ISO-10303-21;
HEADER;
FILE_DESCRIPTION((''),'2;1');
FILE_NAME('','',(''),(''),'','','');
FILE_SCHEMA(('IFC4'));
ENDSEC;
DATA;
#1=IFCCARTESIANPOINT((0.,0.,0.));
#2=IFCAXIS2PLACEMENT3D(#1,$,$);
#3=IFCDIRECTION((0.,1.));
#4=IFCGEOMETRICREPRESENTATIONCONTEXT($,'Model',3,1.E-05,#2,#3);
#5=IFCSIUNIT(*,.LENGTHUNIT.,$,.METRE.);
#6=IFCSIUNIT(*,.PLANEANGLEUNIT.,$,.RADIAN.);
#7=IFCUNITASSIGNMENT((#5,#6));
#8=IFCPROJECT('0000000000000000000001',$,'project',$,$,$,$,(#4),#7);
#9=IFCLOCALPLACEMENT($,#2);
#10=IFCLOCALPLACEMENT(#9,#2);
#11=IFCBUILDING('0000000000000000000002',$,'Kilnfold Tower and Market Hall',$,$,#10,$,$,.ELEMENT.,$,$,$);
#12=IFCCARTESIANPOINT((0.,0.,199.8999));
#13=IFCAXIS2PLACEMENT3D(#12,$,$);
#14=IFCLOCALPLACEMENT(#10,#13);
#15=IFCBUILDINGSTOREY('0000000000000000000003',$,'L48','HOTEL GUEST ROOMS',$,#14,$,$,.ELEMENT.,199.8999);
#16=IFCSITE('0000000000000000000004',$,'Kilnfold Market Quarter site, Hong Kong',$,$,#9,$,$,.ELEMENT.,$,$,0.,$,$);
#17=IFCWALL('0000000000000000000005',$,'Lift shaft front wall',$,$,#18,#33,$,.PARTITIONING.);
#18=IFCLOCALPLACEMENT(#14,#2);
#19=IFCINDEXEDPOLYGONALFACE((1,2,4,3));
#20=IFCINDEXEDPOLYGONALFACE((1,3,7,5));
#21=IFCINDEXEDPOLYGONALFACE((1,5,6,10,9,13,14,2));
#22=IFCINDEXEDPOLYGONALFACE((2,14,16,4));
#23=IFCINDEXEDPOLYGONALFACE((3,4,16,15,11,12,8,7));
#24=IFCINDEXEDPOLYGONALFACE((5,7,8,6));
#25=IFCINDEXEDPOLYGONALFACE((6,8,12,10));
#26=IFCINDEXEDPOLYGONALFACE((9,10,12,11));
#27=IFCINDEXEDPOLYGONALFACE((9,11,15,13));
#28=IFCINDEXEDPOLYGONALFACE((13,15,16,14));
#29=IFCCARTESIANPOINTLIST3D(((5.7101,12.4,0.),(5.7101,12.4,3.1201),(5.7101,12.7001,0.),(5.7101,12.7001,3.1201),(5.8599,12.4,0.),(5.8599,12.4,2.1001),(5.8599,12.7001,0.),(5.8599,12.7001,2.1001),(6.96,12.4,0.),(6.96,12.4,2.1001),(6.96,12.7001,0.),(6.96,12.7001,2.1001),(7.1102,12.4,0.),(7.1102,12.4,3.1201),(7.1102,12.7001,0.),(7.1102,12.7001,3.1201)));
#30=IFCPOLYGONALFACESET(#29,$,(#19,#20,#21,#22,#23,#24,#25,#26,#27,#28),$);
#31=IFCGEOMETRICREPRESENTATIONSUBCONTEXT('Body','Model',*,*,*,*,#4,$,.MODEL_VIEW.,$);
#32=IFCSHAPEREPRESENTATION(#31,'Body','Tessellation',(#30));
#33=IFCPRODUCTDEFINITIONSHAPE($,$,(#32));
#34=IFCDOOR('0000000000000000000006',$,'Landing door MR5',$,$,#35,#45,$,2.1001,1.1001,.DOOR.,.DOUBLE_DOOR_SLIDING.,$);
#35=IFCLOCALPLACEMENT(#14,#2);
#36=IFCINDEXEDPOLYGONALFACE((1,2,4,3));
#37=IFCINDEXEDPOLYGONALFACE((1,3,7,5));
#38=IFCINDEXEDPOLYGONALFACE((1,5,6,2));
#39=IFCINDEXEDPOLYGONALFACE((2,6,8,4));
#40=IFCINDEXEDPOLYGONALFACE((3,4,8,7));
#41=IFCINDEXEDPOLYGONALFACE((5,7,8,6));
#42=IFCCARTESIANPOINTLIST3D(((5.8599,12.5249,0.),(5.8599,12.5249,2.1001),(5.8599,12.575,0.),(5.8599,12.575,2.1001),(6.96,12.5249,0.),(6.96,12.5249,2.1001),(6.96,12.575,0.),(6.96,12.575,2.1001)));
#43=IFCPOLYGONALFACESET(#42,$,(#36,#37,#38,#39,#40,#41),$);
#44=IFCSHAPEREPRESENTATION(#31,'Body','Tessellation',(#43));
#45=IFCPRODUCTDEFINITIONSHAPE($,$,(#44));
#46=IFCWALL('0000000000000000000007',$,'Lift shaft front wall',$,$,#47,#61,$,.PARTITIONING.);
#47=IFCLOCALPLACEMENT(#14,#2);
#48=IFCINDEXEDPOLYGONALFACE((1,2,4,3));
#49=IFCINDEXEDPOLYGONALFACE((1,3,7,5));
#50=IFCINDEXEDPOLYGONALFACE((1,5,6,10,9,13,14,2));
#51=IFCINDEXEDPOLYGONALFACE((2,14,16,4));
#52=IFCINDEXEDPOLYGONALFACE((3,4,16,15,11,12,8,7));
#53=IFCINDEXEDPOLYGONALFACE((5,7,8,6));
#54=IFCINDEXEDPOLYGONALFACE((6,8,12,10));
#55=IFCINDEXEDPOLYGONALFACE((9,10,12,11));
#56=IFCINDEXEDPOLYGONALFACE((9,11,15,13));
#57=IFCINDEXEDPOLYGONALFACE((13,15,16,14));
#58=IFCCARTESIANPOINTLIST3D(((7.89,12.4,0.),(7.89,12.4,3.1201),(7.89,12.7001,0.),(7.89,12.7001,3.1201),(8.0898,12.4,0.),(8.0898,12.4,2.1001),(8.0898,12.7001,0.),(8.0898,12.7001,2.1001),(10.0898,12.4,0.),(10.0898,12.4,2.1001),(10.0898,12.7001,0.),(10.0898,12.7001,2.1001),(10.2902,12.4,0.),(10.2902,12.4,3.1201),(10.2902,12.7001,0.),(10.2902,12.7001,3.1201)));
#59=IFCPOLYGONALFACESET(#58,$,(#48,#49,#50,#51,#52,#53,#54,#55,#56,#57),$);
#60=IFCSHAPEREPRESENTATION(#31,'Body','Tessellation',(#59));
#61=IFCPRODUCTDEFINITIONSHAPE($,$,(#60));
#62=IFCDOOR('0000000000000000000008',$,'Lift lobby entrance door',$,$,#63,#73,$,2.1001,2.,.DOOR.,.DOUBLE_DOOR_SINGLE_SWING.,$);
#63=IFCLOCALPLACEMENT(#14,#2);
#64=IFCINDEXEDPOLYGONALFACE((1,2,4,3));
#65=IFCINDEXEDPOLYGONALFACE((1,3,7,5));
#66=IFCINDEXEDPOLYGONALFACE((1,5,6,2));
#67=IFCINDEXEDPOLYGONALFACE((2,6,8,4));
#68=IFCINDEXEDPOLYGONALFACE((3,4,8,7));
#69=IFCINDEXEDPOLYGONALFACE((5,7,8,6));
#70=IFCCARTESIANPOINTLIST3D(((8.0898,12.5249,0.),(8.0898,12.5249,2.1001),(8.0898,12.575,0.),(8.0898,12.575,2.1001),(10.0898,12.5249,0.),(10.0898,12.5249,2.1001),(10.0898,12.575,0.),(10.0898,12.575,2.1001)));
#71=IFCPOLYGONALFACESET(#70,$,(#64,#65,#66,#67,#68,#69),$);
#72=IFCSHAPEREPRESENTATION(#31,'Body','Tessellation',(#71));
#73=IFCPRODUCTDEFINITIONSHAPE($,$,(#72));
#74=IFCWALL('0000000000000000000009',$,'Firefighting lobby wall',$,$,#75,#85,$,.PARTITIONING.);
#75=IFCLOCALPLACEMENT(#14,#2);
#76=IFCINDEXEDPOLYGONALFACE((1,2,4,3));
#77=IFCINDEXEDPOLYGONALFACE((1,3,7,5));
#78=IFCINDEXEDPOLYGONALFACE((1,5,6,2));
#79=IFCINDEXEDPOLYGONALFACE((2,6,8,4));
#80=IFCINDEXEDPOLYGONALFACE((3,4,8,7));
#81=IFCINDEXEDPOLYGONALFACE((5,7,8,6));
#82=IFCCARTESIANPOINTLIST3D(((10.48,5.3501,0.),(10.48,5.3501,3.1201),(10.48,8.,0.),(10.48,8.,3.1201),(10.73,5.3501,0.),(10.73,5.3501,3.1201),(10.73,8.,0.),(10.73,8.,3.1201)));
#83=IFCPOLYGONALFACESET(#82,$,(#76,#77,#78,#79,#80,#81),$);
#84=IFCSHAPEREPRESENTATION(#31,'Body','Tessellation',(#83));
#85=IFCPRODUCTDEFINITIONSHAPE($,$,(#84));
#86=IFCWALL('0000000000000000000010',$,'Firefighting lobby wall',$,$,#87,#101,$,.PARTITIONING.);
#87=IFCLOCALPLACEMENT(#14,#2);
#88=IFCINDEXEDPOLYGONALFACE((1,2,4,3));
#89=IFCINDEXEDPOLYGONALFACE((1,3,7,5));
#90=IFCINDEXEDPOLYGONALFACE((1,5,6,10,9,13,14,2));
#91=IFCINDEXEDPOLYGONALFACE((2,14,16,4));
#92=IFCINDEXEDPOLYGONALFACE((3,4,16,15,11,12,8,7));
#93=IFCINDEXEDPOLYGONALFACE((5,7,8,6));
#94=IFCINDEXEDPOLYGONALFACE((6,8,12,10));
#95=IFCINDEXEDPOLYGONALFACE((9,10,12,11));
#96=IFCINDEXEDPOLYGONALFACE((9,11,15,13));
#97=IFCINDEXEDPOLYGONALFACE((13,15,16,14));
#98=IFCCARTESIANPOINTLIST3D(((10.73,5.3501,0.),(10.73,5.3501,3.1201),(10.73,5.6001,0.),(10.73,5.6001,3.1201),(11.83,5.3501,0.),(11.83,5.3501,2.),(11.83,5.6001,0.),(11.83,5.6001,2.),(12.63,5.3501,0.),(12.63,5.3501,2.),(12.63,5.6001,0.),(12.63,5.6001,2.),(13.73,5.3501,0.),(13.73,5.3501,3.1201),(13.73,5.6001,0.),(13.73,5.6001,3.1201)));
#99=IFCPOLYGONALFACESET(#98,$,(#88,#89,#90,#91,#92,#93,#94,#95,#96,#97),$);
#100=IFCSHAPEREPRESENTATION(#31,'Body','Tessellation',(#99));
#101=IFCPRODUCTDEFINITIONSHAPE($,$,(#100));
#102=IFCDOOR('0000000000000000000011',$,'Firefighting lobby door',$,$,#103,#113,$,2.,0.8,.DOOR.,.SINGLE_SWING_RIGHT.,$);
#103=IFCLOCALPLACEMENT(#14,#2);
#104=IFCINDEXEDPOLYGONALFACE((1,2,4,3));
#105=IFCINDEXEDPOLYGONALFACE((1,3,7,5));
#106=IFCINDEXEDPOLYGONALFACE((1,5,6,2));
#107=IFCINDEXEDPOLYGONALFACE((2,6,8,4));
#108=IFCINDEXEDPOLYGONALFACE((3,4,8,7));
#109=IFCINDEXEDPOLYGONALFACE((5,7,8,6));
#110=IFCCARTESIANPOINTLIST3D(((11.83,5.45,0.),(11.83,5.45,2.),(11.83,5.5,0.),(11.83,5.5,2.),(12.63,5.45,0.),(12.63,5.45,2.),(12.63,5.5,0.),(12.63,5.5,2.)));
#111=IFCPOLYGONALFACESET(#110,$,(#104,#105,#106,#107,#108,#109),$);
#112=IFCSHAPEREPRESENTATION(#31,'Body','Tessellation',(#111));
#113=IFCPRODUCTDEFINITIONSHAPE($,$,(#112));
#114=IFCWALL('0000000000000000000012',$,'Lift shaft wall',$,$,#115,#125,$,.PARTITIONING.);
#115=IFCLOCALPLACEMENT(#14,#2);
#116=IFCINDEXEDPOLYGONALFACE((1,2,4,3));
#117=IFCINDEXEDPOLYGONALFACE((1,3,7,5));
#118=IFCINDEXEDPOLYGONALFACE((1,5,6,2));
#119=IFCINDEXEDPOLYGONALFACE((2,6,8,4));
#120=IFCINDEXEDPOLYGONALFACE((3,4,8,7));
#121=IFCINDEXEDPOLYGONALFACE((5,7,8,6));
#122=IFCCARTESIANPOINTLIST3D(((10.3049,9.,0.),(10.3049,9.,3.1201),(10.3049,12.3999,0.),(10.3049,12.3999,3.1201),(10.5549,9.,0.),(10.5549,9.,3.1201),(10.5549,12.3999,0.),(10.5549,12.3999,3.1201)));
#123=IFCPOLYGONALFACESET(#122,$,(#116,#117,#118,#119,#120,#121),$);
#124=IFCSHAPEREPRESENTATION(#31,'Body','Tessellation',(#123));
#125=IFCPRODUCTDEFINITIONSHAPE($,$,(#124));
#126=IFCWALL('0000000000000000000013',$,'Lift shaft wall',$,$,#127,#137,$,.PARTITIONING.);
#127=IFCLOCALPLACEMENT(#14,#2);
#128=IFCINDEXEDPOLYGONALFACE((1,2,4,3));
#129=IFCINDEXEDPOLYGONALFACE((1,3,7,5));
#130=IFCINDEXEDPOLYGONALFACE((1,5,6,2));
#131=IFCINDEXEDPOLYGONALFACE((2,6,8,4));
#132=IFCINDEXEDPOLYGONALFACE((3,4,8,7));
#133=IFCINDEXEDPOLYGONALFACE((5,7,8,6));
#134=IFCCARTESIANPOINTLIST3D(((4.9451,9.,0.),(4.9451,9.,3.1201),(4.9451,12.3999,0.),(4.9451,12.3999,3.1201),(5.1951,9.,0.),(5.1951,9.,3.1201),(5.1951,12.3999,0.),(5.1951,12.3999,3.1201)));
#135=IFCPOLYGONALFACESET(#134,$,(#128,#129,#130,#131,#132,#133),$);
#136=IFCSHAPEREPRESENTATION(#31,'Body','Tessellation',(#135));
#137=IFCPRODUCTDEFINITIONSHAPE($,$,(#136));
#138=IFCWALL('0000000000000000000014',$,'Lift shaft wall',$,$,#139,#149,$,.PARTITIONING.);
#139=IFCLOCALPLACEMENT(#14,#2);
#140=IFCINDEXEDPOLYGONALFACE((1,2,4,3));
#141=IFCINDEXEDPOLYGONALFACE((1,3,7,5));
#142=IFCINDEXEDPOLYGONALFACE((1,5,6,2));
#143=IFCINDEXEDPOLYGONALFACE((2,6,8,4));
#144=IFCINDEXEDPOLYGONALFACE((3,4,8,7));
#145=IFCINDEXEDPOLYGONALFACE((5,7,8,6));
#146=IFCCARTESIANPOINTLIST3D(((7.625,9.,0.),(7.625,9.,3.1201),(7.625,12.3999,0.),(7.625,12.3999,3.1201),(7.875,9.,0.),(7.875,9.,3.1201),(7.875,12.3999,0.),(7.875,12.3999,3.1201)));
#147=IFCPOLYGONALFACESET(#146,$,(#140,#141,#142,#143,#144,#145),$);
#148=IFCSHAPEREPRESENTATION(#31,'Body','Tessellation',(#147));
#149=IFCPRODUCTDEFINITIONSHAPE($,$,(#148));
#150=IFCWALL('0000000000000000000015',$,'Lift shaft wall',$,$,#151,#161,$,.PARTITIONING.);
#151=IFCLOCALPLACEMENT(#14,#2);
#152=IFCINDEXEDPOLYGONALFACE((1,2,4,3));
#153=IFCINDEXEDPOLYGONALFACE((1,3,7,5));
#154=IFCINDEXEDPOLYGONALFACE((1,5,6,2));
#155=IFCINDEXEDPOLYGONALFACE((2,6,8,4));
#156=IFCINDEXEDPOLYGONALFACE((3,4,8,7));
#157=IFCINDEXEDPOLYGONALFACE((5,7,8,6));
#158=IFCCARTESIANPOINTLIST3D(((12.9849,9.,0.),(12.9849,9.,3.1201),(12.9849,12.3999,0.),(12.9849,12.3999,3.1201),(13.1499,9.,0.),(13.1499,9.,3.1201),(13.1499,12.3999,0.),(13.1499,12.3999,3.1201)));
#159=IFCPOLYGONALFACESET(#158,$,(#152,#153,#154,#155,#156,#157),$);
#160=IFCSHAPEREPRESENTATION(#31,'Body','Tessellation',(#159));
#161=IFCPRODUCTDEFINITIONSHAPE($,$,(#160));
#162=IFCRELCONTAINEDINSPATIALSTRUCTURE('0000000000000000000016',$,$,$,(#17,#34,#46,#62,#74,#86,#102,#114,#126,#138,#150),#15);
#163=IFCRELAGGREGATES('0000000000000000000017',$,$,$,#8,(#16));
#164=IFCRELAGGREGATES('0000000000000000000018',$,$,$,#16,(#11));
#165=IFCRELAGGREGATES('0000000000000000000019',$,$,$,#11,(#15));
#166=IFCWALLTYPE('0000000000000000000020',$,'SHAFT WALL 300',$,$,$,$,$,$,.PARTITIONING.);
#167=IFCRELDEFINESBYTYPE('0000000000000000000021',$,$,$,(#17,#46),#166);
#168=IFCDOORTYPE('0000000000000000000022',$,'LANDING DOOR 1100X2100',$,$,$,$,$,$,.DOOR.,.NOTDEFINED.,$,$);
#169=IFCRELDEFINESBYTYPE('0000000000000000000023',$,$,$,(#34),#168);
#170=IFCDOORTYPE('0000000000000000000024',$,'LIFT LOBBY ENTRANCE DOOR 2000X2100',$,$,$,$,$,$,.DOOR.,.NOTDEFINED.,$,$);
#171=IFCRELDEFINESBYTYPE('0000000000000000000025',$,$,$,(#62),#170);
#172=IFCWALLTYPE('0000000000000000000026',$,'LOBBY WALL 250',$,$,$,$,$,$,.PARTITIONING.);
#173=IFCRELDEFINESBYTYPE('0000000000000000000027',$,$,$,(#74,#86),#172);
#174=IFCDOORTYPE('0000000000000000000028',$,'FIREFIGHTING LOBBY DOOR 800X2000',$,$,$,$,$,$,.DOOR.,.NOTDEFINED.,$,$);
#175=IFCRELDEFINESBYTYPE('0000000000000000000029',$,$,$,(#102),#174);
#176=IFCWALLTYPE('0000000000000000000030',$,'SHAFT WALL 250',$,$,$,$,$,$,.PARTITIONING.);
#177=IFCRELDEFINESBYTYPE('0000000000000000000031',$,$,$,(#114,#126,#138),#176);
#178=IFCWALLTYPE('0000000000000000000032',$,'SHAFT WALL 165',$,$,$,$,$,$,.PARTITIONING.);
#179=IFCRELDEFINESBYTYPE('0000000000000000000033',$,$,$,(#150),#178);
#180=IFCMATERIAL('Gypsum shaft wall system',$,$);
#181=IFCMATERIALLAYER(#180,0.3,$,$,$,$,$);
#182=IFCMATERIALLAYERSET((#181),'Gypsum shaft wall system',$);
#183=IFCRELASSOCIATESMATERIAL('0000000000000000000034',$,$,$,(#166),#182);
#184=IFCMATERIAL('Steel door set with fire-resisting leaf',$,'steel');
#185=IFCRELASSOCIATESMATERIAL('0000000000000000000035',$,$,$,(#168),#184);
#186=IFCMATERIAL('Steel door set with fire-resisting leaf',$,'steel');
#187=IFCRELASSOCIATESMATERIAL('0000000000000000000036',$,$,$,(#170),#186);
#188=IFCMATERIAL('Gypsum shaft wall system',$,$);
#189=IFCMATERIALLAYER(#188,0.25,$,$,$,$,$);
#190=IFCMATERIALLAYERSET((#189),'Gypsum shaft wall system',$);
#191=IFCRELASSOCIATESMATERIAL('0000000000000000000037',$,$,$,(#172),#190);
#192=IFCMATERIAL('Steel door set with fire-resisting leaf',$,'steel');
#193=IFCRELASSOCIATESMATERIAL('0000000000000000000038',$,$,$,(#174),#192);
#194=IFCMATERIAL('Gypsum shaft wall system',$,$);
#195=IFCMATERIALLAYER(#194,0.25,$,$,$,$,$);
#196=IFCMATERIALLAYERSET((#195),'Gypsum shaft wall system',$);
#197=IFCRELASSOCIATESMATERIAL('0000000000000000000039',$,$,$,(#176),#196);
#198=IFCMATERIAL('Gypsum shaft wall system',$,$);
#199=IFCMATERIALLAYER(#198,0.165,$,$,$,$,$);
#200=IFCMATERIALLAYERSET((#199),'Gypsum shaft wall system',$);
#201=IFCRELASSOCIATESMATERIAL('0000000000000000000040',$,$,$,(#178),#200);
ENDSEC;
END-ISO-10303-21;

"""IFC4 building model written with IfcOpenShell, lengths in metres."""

from ifc_helpers import new_model, si_unit, direction, frame, frame_2d, origin, place, context, subcontext, project, spatial, rectangle, extrude, source, transform, mapped, material, layer, layer_set, type_object, element, fill, save


model = new_model("IFC4")

# Units and contexts
model_context = context("Model", 3, precision=1e-05, world=origin(), true_north=direction((0.0, 1.0)))
body_context = subcontext(model_context, "Body", "Model", "MODEL_VIEW")
ifc_project = project(units=[si_unit("LENGTHUNIT", "METRE"), si_unit("PLANEANGLEUNIT", "RADIAN")], contexts=[model_context])

# Site, building, storey
site_placement = place(None, origin())
site = spatial("IfcSite", under=ifc_project, at=site_placement, Name="Kilnfold Market Quarter site, Hong Kong", CompositionType="ELEMENT", RefElevation=0.0)
building_placement = place(site_placement, origin())
building = spatial("IfcBuilding", under=site, at=building_placement, Name="Kilnfold Tower and Market Hall", CompositionType="ELEMENT")
storey_placement = place(building_placement, frame((0.0, 0.0, 199.8999)))
storey = spatial("IfcBuildingStorey", under=building, at=storey_placement, Name="L48", Description="HOTEL GUEST ROOMS", CompositionType="ELEMENT", Elevation=199.8999)

# Walls, openings, doors
ifc_material_1 = material(Name="Gypsum shaft wall system")
ifc_layer_1 = layer(ifc_material_1, 0.3)
ifc_layer_set_1 = layer_set([ifc_layer_1], Name="Gypsum shaft wall system")
wall_type_1 = type_object("IfcWallType", Name="SHAFT WALL 300", PredefinedType="PARTITIONING", material=ifc_layer_set_1)
shared_shape_1 = source(origin(), body_context, "Body", "SweptSolid", [
    extrude(rectangle(XDim=1.4001, YDim=0.3, at=frame_2d((0.7002, 0.0))), origin(), (0.0, 0.0, 1.0), 3.1201),
])
wall_1_placement = place(storey_placement, frame((5.71, 12.55, 0.0), z_axis=(0.0, 0.0, 1.0), x_axis=(1.0, 0.0, 0.0)))
wall_1 = element("IfcWall", 1, at=wall_1_placement, inside=storey, type_object=wall_type_1, Name="Lift shaft front wall", PredefinedType="PARTITIONING", context=body_context, shape_type="MappedRepresentation", body=[
    mapped(shared_shape_1, transform((0.0, 0.0, 0.0))),
])
opening_1_placement = place(wall_1_placement, frame((0.1499, 0.0, 0.0)))
opening_1 = element("IfcOpeningElement", 2, at=opening_1_placement, cuts=wall_1, PredefinedType="OPENING", context=body_context, shape_type="SweptSolid", body=[
    extrude(rectangle(XDim=1.1001, YDim=2.1001, at=frame_2d((0.55, 1.05))), frame((0.0, 0.1602, 0.0), z_axis=(0.0, -1.0, 0.0), x_axis=(1.0, 0.0, 0.0)), (0.0, 0.0, 1.0), 0.3201),
])
ifc_material_2 = material(Name="Steel door set with fire-resisting leaf", Category="steel")
door_type_1 = type_object("IfcDoorType", Name="LANDING DOOR 1100X2100", OperationType="NOTDEFINED", PredefinedType="DOOR", material=ifc_material_2)
door_1_placement = place(opening_1_placement, origin())
door_1 = element("IfcDoor", 3, at=door_1_placement, inside=storey, type_object=door_type_1, Name="Landing door MR5", OperationType="DOUBLE_DOOR_SLIDING", OverallHeight=2.1001, OverallWidth=1.1001, PredefinedType="DOOR", context=body_context, shape_type="SweptSolid", body=[
    extrude(rectangle(XDim=1.1001, YDim=2.1001, at=frame_2d((0.55, 1.05))), frame((0.0, 0.0249, 0.0), z_axis=(0.0, -1.0, 0.0), x_axis=(1.0, 0.0, 0.0)), (0.0, 0.0, 1.0), 0.05),
])
fill(opening_1, door_1)
shared_shape_2 = source(origin(), body_context, "Body", "SweptSolid", [
    extrude(rectangle(XDim=2.4001, YDim=0.3, at=frame_2d((1.2002, 0.0))), origin(), (0.0, 0.0, 1.0), 3.1201),
])
wall_2_placement = place(storey_placement, frame((7.8899, 12.55, 0.0), z_axis=(0.0, 0.0, 1.0), x_axis=(1.0, 0.0, 0.0)))
wall_2 = element("IfcWall", 4, at=wall_2_placement, inside=storey, type_object=wall_type_1, Name="Lift shaft front wall", PredefinedType="PARTITIONING", context=body_context, shape_type="MappedRepresentation", body=[
    mapped(shared_shape_2, transform((0.0, 0.0, 0.0))),
])
opening_2_placement = place(wall_2_placement, frame((0.2, 0.0, 0.0)))
opening_2 = element("IfcOpeningElement", 5, at=opening_2_placement, cuts=wall_2, PredefinedType="OPENING", context=body_context, shape_type="SweptSolid", body=[
    extrude(rectangle(XDim=2.0, YDim=2.1001, at=frame_2d((1.0, 1.05))), frame((0.0, 0.1602, 0.0), z_axis=(0.0, -1.0, 0.0), x_axis=(1.0, 0.0, 0.0)), (0.0, 0.0, 1.0), 0.3201),
])
ifc_material_3 = material(Name="Steel door set with fire-resisting leaf", Category="steel")
door_type_2 = type_object("IfcDoorType", Name="LIFT LOBBY ENTRANCE DOOR 2000X2100", OperationType="NOTDEFINED", PredefinedType="DOOR", material=ifc_material_3)
door_2_placement = place(opening_2_placement, origin())
door_2 = element("IfcDoor", 6, at=door_2_placement, inside=storey, type_object=door_type_2, Name="Lift lobby entrance door", OperationType="DOUBLE_DOOR_SINGLE_SWING", OverallHeight=2.1001, OverallWidth=2.0, PredefinedType="DOOR", context=body_context, shape_type="SweptSolid", body=[
    extrude(rectangle(XDim=2.0, YDim=2.1001, at=frame_2d((1.0, 1.05))), frame((0.0, 0.0249, 0.0), z_axis=(0.0, -1.0, 0.0), x_axis=(1.0, 0.0, 0.0)), (0.0, 0.0, 1.0), 0.05),
])
fill(opening_2, door_2)

# Wall
ifc_material_4 = material(Name="Gypsum shaft wall system")
ifc_layer_2 = layer(ifc_material_4, 0.25)
ifc_layer_set_2 = layer_set([ifc_layer_2], Name="Gypsum shaft wall system")
wall_type_2 = type_object("IfcWallType", Name="LOBBY WALL 250", PredefinedType="PARTITIONING", material=ifc_layer_set_2)
shared_shape_3 = source(origin(), body_context, "Body", "SweptSolid", [
    extrude(rectangle(XDim=2.6499, YDim=0.25, at=frame_2d((1.325, 0.0))), origin(), (0.0, 0.0, 1.0), 3.1201),
])
wall_3_placement = place(storey_placement, frame((10.605, 5.3501, 0.0), z_axis=(0.0, 0.0, 1.0), x_axis=(0.0, 1.0, 0.0)))
element("IfcWall", 7, at=wall_3_placement, inside=storey, type_object=wall_type_2, Name="Firefighting lobby wall", PredefinedType="PARTITIONING", context=body_context, shape_type="MappedRepresentation", body=[
    mapped(shared_shape_3, transform((0.0, 0.0, 0.0))),
])

# Wall, opening, door
shared_shape_4 = source(origin(), body_context, "Body", "SweptSolid", [
    extrude(rectangle(XDim=3.0, YDim=0.25, at=frame_2d((1.5, 0.0))), origin(), (0.0, 0.0, 1.0), 3.1201),
])
wall_4_placement = place(storey_placement, frame((10.73, 5.4751, 0.0), z_axis=(0.0, 0.0, 1.0), x_axis=(1.0, 0.0, 0.0)))
wall_4 = element("IfcWall", 8, at=wall_4_placement, inside=storey, type_object=wall_type_2, Name="Firefighting lobby wall", PredefinedType="PARTITIONING", context=body_context, shape_type="MappedRepresentation", body=[
    mapped(shared_shape_4, transform((0.0, 0.0, 0.0))),
])
opening_3_placement = place(wall_4_placement, frame((1.1001, 0.0, 0.0)))
opening_3 = element("IfcOpeningElement", 9, at=opening_3_placement, cuts=wall_4, PredefinedType="OPENING", context=body_context, shape_type="SweptSolid", body=[
    extrude(rectangle(XDim=0.8, YDim=2.0, at=frame_2d((0.3999, 1.0))), frame((0.0, 0.135, 0.0), z_axis=(0.0, -1.0, 0.0), x_axis=(1.0, 0.0, 0.0)), (0.0, 0.0, 1.0), 0.27),
])
ifc_material_5 = material(Name="Steel door set with fire-resisting leaf", Category="steel")
door_type_3 = type_object("IfcDoorType", Name="FIREFIGHTING LOBBY DOOR 800X2000", OperationType="NOTDEFINED", PredefinedType="DOOR", material=ifc_material_5)
door_3_placement = place(opening_3_placement, origin())
door_3 = element("IfcDoor", 10, at=door_3_placement, inside=storey, type_object=door_type_3, Name="Firefighting lobby door", OperationType="SINGLE_SWING_RIGHT", OverallHeight=2.0, OverallWidth=0.8, PredefinedType="DOOR", context=body_context, shape_type="SweptSolid", body=[
    extrude(rectangle(XDim=0.8, YDim=2.0, at=frame_2d((0.3999, 1.0))), frame((0.0, 0.0249, 0.0), z_axis=(0.0, -1.0, 0.0), x_axis=(1.0, 0.0, 0.0)), (0.0, 0.0, 1.0), 0.05),
])
fill(opening_3, door_3)

# Walls
ifc_material_6 = material(Name="Gypsum shaft wall system")
ifc_layer_3 = layer(ifc_material_6, 0.25)
ifc_layer_set_3 = layer_set([ifc_layer_3], Name="Gypsum shaft wall system")
wall_type_3 = type_object("IfcWallType", Name="SHAFT WALL 250", PredefinedType="PARTITIONING", material=ifc_layer_set_3)
shared_shape_5 = source(origin(), body_context, "Body", "SweptSolid", [
    extrude(rectangle(XDim=3.3999, YDim=0.25, at=frame_2d((1.7, 0.0))), origin(), (0.0, 0.0, 1.0), 3.1201),
])
for number, where, z_axis, x_axis, name in (
    (11, (10.4299, 9.0, 0.0), (0.0, 0.0, 1.0), (0.0, 1.0, 0.0), "Lift shaft wall"),
    (12, (5.0701, 9.0, 0.0), (0.0, 0.0, 1.0), (0.0, 1.0, 0.0), "Lift shaft wall"),
    (13, (7.75, 9.0, 0.0), (0.0, 0.0, 1.0), (0.0, 1.0, 0.0), "Lift shaft wall"),
):
    element("IfcWall", number, at=place(storey_placement, frame(where, z_axis=z_axis, x_axis=x_axis)), inside=storey, type_object=wall_type_3, Name=name, PredefinedType="PARTITIONING", context=body_context, shape_type="MappedRepresentation", body=[
        mapped(shared_shape_5, transform((0.0, 0.0, 0.0))),
    ])
ifc_material_7 = material(Name="Gypsum shaft wall system")
ifc_layer_4 = layer(ifc_material_7, 0.165)
ifc_layer_set_4 = layer_set([ifc_layer_4], Name="Gypsum shaft wall system")
wall_type_4 = type_object("IfcWallType", Name="SHAFT WALL 165", PredefinedType="PARTITIONING", material=ifc_layer_set_4)
shared_shape_6 = source(origin(), body_context, "Body", "SweptSolid", [
    extrude(rectangle(XDim=3.3999, YDim=0.165, at=frame_2d((1.7, 0.0))), origin(), (0.0, 0.0, 1.0), 3.1201),
])
wall_5_placement = place(storey_placement, frame((13.0674, 9.0, 0.0), z_axis=(0.0, 0.0, 1.0), x_axis=(0.0, 1.0, 0.0)))
element("IfcWall", 14, at=wall_5_placement, inside=storey, type_object=wall_type_4, Name="Lift shaft wall", PredefinedType="PARTITIONING", context=body_context, shape_type="MappedRepresentation", body=[
    mapped(shared_shape_6, transform((0.0, 0.0, 0.0))),
])

save(model, "model.ifc")
